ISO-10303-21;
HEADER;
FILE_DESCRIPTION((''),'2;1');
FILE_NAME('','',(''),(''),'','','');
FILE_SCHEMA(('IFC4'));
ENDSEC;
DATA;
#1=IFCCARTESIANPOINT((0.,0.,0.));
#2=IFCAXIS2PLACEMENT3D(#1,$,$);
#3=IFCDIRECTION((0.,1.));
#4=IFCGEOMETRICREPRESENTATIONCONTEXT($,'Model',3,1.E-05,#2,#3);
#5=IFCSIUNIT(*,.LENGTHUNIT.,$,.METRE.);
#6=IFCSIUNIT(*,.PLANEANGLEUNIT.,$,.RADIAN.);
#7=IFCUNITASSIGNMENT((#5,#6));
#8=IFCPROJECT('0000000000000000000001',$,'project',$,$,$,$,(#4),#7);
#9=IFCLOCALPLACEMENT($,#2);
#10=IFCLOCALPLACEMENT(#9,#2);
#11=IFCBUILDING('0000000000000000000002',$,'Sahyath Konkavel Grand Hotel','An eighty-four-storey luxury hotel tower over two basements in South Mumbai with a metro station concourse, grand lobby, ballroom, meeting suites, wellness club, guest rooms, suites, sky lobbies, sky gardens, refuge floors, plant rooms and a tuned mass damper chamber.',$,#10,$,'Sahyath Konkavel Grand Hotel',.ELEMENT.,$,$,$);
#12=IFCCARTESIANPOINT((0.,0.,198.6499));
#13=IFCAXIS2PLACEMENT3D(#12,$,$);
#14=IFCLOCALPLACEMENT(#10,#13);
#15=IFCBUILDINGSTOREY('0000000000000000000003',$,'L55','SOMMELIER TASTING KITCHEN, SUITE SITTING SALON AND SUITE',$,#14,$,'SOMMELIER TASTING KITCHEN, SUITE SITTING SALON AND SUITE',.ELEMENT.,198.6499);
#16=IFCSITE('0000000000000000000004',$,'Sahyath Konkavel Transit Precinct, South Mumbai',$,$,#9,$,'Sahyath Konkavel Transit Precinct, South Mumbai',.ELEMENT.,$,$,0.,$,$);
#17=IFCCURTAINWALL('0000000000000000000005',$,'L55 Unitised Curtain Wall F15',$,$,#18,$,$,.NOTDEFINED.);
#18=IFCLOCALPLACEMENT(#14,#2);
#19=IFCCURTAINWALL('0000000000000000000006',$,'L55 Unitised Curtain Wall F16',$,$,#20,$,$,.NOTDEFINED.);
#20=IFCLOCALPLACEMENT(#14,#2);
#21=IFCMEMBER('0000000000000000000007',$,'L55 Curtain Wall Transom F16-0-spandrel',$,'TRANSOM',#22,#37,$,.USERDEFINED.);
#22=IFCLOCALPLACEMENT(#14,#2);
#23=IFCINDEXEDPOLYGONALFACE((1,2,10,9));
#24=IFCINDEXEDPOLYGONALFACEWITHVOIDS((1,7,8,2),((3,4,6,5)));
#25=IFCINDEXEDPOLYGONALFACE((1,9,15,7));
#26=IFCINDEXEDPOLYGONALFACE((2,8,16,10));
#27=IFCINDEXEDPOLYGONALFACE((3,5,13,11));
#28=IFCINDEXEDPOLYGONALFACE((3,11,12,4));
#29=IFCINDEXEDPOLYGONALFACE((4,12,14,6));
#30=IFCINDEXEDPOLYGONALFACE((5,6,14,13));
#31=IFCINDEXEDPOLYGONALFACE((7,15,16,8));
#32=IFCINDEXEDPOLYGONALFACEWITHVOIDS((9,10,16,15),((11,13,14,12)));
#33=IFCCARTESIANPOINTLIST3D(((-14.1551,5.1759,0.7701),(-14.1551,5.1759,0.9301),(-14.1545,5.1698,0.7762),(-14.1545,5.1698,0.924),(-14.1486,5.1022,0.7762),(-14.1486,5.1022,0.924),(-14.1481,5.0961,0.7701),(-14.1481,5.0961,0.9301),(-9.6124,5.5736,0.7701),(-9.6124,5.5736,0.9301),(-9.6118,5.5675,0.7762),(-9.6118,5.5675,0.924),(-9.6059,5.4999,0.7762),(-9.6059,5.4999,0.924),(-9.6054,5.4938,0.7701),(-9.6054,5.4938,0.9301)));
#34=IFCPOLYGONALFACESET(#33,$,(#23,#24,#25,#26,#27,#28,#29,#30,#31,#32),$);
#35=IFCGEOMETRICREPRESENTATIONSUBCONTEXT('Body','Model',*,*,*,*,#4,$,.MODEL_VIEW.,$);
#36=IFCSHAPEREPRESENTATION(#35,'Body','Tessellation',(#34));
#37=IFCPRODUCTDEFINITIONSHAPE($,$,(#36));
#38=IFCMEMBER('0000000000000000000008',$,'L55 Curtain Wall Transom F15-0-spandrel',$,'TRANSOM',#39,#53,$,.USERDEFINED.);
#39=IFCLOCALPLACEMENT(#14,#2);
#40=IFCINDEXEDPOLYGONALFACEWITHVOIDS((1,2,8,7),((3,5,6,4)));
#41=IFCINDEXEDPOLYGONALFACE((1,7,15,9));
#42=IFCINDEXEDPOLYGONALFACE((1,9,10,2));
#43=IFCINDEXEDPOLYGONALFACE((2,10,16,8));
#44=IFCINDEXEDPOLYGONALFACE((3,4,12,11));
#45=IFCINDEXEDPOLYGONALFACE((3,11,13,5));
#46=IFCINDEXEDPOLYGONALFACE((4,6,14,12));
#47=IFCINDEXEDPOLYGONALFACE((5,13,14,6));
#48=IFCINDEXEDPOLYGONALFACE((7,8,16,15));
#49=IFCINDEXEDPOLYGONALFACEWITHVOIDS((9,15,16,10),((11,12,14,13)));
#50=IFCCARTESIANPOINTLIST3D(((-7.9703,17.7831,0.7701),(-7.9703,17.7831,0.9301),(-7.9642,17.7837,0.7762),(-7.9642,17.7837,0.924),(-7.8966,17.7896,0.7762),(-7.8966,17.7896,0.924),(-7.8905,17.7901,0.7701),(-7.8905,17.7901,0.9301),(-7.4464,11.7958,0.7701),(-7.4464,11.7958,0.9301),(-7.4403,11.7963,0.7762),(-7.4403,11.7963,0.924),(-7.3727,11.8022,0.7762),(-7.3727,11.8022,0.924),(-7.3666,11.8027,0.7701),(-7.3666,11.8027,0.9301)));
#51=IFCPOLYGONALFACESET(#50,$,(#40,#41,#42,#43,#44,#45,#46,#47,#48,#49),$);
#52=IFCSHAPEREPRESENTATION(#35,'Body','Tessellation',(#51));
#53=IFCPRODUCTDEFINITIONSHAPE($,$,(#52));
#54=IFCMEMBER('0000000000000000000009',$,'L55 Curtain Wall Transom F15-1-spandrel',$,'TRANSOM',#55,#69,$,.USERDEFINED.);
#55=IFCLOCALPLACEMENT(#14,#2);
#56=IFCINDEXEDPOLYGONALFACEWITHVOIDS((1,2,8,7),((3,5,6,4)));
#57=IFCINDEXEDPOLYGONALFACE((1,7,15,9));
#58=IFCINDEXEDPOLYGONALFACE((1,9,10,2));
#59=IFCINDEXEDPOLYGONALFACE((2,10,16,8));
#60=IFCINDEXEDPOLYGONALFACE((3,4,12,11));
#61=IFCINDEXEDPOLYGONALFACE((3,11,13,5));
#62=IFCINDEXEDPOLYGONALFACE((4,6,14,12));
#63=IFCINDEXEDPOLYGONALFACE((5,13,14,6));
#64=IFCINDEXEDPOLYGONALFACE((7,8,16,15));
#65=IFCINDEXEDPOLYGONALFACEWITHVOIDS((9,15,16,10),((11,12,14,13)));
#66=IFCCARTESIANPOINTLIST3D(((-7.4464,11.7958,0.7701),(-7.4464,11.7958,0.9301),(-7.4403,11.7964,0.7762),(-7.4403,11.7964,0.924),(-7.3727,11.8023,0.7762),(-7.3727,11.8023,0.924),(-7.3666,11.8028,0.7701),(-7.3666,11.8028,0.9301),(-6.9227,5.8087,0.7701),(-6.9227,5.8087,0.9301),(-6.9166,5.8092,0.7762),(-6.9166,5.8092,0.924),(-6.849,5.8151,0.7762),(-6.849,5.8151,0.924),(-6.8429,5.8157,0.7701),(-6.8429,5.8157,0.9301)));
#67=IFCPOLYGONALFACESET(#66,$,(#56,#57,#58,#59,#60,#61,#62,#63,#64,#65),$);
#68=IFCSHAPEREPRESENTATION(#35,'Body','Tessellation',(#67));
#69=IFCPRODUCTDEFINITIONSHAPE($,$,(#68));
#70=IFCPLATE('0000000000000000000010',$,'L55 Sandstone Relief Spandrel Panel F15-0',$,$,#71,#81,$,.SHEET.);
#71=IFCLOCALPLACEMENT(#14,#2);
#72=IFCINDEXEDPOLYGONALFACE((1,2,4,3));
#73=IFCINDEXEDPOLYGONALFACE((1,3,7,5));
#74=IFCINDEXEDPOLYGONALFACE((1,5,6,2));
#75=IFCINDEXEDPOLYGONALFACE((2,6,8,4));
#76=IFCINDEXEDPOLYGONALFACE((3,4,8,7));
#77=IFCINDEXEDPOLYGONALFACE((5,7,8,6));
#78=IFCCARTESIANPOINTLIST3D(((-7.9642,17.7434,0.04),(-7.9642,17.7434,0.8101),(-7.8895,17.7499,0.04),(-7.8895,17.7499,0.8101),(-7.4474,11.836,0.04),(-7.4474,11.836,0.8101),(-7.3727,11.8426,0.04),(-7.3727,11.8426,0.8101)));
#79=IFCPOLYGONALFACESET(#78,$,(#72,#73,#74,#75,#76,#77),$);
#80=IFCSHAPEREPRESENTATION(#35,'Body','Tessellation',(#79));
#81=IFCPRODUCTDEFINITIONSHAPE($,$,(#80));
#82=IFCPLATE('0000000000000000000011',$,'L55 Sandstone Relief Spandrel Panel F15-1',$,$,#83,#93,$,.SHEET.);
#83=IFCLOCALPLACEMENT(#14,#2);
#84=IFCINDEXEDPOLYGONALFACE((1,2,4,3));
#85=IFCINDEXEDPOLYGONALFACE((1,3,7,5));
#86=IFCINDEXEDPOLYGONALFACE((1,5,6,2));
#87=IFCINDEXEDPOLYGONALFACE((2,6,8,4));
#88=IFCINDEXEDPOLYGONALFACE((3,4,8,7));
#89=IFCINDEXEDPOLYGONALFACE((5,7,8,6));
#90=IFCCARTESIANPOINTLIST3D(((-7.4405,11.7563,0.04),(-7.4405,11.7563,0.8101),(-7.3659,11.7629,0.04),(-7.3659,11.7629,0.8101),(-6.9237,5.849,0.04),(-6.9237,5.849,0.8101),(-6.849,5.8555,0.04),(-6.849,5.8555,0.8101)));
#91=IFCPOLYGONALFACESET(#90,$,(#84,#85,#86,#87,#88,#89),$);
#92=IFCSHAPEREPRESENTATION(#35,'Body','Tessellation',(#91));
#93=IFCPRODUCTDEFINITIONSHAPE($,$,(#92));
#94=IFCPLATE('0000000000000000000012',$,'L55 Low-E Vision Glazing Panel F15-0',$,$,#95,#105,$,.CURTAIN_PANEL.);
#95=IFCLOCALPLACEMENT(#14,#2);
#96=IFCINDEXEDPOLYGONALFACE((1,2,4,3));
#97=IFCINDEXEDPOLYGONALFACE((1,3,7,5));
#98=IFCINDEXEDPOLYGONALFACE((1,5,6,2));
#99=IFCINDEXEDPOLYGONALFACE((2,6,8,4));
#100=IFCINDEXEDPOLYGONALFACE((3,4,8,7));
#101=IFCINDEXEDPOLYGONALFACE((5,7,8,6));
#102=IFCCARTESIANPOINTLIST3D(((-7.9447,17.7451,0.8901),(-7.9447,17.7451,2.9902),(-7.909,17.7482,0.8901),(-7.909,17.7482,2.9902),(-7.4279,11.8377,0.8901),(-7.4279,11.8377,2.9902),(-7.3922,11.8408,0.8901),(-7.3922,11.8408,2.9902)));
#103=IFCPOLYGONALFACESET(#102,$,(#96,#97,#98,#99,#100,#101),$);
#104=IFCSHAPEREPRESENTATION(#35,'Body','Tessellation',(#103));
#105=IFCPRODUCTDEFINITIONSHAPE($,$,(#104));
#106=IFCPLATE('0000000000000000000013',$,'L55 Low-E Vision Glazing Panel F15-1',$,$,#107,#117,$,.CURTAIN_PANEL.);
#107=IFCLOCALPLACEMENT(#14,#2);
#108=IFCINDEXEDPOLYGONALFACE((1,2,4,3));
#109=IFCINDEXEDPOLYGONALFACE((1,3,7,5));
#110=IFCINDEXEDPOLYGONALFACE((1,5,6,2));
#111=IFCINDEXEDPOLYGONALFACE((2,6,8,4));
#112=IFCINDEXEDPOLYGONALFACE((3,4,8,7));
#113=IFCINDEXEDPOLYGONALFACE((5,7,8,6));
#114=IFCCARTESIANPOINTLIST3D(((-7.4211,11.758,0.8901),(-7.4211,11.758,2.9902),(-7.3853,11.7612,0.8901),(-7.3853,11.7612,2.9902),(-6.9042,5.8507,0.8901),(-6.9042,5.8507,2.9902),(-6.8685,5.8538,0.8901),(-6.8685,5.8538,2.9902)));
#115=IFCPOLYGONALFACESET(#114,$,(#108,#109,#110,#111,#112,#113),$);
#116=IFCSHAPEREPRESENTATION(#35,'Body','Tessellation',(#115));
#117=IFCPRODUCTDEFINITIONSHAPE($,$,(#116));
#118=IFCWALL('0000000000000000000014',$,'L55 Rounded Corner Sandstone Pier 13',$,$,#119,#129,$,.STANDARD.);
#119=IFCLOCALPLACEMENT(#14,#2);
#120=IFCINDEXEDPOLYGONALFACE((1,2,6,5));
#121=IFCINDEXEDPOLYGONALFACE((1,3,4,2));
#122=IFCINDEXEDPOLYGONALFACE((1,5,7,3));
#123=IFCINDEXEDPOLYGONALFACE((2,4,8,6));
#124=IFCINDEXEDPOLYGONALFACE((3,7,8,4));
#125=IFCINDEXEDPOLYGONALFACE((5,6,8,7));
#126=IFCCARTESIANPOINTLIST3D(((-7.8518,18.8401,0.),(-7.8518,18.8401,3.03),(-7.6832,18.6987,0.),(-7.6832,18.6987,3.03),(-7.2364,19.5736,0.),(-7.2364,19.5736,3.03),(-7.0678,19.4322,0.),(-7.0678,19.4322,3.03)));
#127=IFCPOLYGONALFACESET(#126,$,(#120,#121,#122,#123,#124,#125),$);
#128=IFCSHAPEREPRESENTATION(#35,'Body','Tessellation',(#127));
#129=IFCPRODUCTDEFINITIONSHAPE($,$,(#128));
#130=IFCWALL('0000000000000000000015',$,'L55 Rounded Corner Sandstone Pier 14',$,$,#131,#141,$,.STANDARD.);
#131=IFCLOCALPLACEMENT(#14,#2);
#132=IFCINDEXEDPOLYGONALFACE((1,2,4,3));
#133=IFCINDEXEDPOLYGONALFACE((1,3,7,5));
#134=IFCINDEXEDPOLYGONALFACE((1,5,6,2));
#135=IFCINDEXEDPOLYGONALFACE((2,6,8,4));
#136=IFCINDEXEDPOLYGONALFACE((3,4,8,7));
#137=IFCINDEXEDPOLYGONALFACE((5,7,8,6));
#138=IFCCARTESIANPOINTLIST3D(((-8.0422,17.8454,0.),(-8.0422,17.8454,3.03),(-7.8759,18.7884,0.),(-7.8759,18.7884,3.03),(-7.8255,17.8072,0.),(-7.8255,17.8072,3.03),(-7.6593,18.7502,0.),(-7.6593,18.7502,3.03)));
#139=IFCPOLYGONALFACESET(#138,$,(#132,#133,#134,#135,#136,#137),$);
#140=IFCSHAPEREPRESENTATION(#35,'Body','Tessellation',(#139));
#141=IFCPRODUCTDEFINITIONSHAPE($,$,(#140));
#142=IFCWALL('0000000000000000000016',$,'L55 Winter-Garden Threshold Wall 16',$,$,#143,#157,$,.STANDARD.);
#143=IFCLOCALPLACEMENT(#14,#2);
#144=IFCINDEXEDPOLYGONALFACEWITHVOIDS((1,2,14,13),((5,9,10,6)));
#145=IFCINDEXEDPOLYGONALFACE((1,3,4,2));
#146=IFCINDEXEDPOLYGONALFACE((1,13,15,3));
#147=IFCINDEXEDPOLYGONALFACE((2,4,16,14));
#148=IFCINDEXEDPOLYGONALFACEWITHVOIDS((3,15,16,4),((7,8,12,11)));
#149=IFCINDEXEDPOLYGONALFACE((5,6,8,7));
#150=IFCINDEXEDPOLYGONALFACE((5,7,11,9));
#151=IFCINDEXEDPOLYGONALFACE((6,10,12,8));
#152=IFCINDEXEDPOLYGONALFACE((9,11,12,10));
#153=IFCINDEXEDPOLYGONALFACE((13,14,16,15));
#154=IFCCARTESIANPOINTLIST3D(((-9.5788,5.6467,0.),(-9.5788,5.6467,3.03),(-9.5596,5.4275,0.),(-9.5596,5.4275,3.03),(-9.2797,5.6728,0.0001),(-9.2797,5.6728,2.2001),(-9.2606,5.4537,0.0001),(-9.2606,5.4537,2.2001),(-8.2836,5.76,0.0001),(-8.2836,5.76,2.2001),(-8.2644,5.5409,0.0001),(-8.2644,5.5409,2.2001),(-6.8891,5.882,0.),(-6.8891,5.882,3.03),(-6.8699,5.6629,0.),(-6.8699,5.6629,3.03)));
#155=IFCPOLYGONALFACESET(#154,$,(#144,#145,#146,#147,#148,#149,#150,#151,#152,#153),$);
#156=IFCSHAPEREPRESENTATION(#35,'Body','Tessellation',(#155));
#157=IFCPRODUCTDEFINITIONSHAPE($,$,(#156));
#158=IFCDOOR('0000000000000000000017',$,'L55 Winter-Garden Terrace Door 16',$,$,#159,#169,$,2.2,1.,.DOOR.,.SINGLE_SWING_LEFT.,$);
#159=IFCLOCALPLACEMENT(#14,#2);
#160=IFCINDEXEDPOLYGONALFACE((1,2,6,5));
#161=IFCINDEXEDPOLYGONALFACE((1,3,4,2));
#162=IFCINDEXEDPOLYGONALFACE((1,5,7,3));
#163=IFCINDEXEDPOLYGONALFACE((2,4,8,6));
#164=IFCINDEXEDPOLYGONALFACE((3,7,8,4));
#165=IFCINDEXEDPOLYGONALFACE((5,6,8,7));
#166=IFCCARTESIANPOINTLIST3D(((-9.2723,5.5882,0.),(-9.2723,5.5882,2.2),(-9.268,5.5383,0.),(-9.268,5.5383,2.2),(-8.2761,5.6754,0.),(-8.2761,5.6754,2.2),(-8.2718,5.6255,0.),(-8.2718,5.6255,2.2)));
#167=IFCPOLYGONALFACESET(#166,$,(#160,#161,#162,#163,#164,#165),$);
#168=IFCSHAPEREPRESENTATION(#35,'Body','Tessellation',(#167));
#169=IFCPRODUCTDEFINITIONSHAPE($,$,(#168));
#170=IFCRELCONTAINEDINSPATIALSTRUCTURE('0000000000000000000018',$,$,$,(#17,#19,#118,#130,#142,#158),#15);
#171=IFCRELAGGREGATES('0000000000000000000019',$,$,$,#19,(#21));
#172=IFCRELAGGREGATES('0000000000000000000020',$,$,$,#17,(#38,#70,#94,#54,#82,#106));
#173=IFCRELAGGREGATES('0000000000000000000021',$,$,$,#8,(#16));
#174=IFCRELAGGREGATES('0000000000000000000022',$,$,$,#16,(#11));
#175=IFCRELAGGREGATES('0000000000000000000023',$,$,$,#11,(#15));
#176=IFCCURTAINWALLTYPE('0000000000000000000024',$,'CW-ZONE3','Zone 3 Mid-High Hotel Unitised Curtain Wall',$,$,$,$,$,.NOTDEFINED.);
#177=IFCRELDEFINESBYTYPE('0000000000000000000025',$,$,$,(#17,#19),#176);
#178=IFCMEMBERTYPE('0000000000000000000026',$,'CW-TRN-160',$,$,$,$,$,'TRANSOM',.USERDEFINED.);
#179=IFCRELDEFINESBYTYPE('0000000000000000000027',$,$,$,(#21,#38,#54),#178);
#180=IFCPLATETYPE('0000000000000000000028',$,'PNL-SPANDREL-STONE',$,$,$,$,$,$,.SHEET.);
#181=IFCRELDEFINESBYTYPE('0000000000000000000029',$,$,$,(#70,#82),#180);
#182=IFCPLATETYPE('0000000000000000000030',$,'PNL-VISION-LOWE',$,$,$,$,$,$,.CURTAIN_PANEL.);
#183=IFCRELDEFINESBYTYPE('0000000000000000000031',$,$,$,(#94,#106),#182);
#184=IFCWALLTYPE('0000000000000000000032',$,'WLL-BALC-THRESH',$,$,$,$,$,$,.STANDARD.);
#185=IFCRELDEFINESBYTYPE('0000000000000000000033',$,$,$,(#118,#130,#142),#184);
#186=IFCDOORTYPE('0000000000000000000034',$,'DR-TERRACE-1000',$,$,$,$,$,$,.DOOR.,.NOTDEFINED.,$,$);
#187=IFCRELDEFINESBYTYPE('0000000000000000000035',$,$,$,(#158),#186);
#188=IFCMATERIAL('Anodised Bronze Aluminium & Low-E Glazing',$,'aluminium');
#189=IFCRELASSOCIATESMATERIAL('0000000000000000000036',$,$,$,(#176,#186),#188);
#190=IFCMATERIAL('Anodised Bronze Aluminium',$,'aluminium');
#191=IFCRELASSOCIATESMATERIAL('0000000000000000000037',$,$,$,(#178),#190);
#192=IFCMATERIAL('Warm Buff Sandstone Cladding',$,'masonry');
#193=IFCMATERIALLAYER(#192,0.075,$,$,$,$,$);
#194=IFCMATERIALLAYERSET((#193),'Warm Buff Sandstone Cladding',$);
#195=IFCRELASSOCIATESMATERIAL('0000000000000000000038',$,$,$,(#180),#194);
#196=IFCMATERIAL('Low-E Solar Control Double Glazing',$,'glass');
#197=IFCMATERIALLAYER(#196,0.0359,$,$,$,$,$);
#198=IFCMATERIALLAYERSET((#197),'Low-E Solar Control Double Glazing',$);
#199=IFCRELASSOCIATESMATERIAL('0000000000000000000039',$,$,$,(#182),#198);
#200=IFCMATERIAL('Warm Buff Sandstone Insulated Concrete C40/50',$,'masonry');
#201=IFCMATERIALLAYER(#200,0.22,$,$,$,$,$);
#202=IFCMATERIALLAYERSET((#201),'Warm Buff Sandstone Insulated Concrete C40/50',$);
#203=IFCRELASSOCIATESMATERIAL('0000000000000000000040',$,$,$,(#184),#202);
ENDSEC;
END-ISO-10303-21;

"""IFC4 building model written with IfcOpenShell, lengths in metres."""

from ifc_helpers import new_model, si_unit, direction, frame, frame_2d, origin, origin_2d, place, context, subcontext, project, spatial, rectangle, hollow_rectangle, extrude, source, transform, mapped, material, layer, layer_set, material_profile, profile_set, type_object, element, fill, aggregate, save


model = new_model("IFC4")

# Units and contexts
model_context = context("Model", 3, precision=1e-05, world=origin(), true_north=direction((0.0, 1.0)))
body_context = subcontext(model_context, "Body", "Model", "MODEL_VIEW")
ifc_project = project(units=[si_unit("LENGTHUNIT", "METRE"), si_unit("PLANEANGLEUNIT", "RADIAN")], contexts=[model_context])

# Site, building, storey
site_placement = place(None, origin())
site = spatial("IfcSite", under=ifc_project, at=site_placement, Name="Sahyath Konkavel Transit Precinct, South Mumbai", LongName="Sahyath Konkavel Transit Precinct, South Mumbai", CompositionType="ELEMENT", RefElevation=0.0)
building_placement = place(site_placement, origin())
building = spatial("IfcBuilding", under=site, at=building_placement, Name="Sahyath Konkavel Grand Hotel", Description="An eighty-four-storey luxury hotel tower over two basements in South Mumbai with a metro station concourse, grand lobby, ballroom, meeting suites, wellness club, guest rooms, suites, sky lobbies, sky gardens, refuge floors, plant rooms and a tuned mass damper chamber.", LongName="Sahyath Konkavel Grand Hotel", CompositionType="ELEMENT")
storey_placement = place(building_placement, frame((0.0, 0.0, 198.6499)))
storey = spatial("IfcBuildingStorey", under=building, at=storey_placement, Name="L55", Description="SOMMELIER TASTING KITCHEN, SUITE SITTING SALON AND SUITE", LongName="SOMMELIER TASTING KITCHEN, SUITE SITTING SALON AND SUITE", CompositionType="ELEMENT", Elevation=198.6499)

# Shared definitions
ifc_material_1 = material(Name="Anodised Bronze Aluminium & Low-E Glazing", Category="aluminium")
curtain_wall_type = type_object("IfcCurtainWallType", Name="CW-ZONE3", Description="Zone 3 Mid-High Hotel Unitised Curtain Wall", PredefinedType="NOTDEFINED", material=ifc_material_1)
ifc_material_2 = material(Name="Anodised Bronze Aluminium", Category="aluminium")

# Curtain wall
curtain_wall_1_placement = place(storey_placement, origin())
curtain_wall_1 = element("IfcCurtainWall", 1, at=curtain_wall_1_placement, inside=storey, type_object=curtain_wall_type, Name="L55 Unitised Curtain Wall F15", PredefinedType="NOTDEFINED")

# Curtain wall
curtain_wall_2_placement = place(storey_placement, origin())
curtain_wall_2 = element("IfcCurtainWall", 2, at=curtain_wall_2_placement, inside=storey, type_object=curtain_wall_type, Name="L55 Unitised Curtain Wall F16", PredefinedType="NOTDEFINED")

# Members
ifc_material_profile_1 = material_profile(ifc_material_2, hollow_rectangle(XDim=0.0801, YDim=0.1599, WallThickness=0.0061, at=origin_2d()), Name="RHS 160x80x6")
ifc_profile_set_1 = profile_set([ifc_material_profile_1], Name="Anodised Bronze Aluminium")
member_type_1 = type_object("IfcMemberType", Name="CW-TRN-160", ElementType="TRANSOM", PredefinedType="USERDEFINED", material=ifc_profile_set_1)
shared_shape_1 = source(origin(), body_context, "Body", "SweptSolid", [
    extrude(hollow_rectangle(XDim=0.0801, YDim=0.1599, WallThickness=0.0061, at=origin_2d()), origin(), (0.0, 0.0, 1.0), 4.5601),
])
member_1_placement = place(storey_placement, frame((-9.6089, 5.5337, 0.8501), z_axis=(-0.99619, -0.087214, 0.0), x_axis=(0.087214, -0.99619, 0.0)))
member_1 = element("IfcMember", 3, at=member_1_placement, type_object=member_type_1, Name="L55 Curtain Wall Transom F16-0-spandrel", ObjectType="TRANSOM", PredefinedType="USERDEFINED", context=body_context, shape_type="MappedRepresentation", body=[
    mapped(shared_shape_1, transform((0.0, 0.0, 0.0), scale=1.0)),
])
aggregate(curtain_wall_2, [member_1])
shared_shape_2 = source(origin(), body_context, "Body", "SweptSolid", [
    extrude(hollow_rectangle(XDim=0.0801, YDim=0.1599, WallThickness=0.0061, at=origin_2d()), origin(), (0.0, 0.0, 1.0), 6.0103),
])
member_2_placement = place(storey_placement, frame((-7.9304, 17.7866, 0.8501), z_axis=(0.087173, -0.996193, 0.0), x_axis=(0.996193, 0.087173, 0.0)))
member_2 = element("IfcMember", 4, at=member_2_placement, type_object=member_type_1, Name="L55 Curtain Wall Transom F15-0-spandrel", ObjectType="TRANSOM", PredefinedType="USERDEFINED", context=body_context, shape_type="MappedRepresentation", body=[
    mapped(shared_shape_2, transform((0.0, 0.0, 0.0), scale=1.0)),
])
shared_shape_3 = source(origin(), body_context, "Body", "SweptSolid", [
    extrude(hollow_rectangle(XDim=0.0801, YDim=0.1599, WallThickness=0.0061, at=origin_2d()), origin(), (0.0, 0.0, 1.0), 6.01),
])
member_3_placement = place(storey_placement, frame((-7.4065, 11.7993, 0.8501), z_axis=(0.087136, -0.996196, 0.0), x_axis=(0.996196, 0.087136, 0.0)))
member_3 = element("IfcMember", 5, at=member_3_placement, type_object=member_type_1, Name="L55 Curtain Wall Transom F15-1-spandrel", ObjectType="TRANSOM", PredefinedType="USERDEFINED", context=body_context, shape_type="MappedRepresentation", body=[
    mapped(shared_shape_3, transform((0.0, 0.0, 0.0), scale=1.0)),
])

# Plates
ifc_material_3 = material(Name="Warm Buff Sandstone Cladding", Category="masonry")
ifc_layer_1 = layer(ifc_material_3, 0.075)
ifc_layer_set_1 = layer_set([ifc_layer_1], Name="Warm Buff Sandstone Cladding")
plate_type_1 = type_object("IfcPlateType", Name="PNL-SPANDREL-STONE", PredefinedType="SHEET", material=ifc_layer_set_1)
shared_shape_4 = source(origin(), body_context, "Body", "SweptSolid", [
    extrude(rectangle(XDim=5.9299, YDim=0.075, at=origin_2d()), origin(), (0.0, 0.0, 1.0), 0.77),
])
plate_1_placement = place(storey_placement, frame((-7.6685, 14.793, 0.04), z_axis=(0.0, 0.0, 1.0), x_axis=(0.087156, -0.996195, 0.0)))
plate_1 = element("IfcPlate", 6, at=plate_1_placement, type_object=plate_type_1, Name="L55 Sandstone Relief Spandrel Panel F15-0", PredefinedType="SHEET", context=body_context, shape_type="MappedRepresentation", body=[
    mapped(shared_shape_4, transform((0.0, 0.0, 0.0), scale=1.0)),
])
plate_2_placement = place(storey_placement, frame((-7.1448, 8.8059, 0.04), z_axis=(0.0, 0.0, 1.0), x_axis=(0.087156, -0.996195, 0.0)))
plate_2 = element("IfcPlate", 7, at=plate_2_placement, type_object=plate_type_1, Name="L55 Sandstone Relief Spandrel Panel F15-1", PredefinedType="SHEET", context=body_context, shape_type="MappedRepresentation", body=[
    mapped(shared_shape_4, transform((0.0, 0.0, 0.0), scale=1.0)),
])
ifc_material_4 = material(Name="Low-E Solar Control Double Glazing", Category="glass")
ifc_layer_2 = layer(ifc_material_4, 0.0359)
ifc_layer_set_2 = layer_set([ifc_layer_2], Name="Low-E Solar Control Double Glazing")
plate_type_2 = type_object("IfcPlateType", Name="PNL-VISION-LOWE", PredefinedType="CURTAIN_PANEL", material=ifc_layer_set_2)
shared_shape_5 = source(origin(), body_context, "Body", "SweptSolid", [
    extrude(rectangle(XDim=5.9299, YDim=0.0359, at=origin_2d()), origin(), (0.0, 0.0, 1.0), 2.1001),
])
plate_3_placement = place(storey_placement, frame((-7.6685, 14.793, 0.8901), z_axis=(0.0, 0.0, 1.0), x_axis=(0.087156, -0.996195, 0.0)))
plate_3 = element("IfcPlate", 8, at=plate_3_placement, type_object=plate_type_2, Name="L55 Low-E Vision Glazing Panel F15-0", PredefinedType="CURTAIN_PANEL", context=body_context, shape_type="MappedRepresentation", body=[
    mapped(shared_shape_5, transform((0.0, 0.0, 0.0), scale=1.0)),
])
plate_4_placement = place(storey_placement, frame((-7.1448, 8.8059, 0.8901), z_axis=(0.0, 0.0, 1.0), x_axis=(0.087156, -0.996195, 0.0)))
plate_4 = element("IfcPlate", 9, at=plate_4_placement, type_object=plate_type_2, Name="L55 Low-E Vision Glazing Panel F15-1", PredefinedType="CURTAIN_PANEL", context=body_context, shape_type="MappedRepresentation", body=[
    mapped(shared_shape_5, transform((0.0, 0.0, 0.0), scale=1.0)),
])
aggregate(curtain_wall_1, [member_2, plate_1, plate_3, member_3, plate_2, plate_4])

# Walls
ifc_material_5 = material(Name="Warm Buff Sandstone Insulated Concrete C40/50", Category="masonry")
ifc_layer_3 = layer(ifc_material_5, 0.22)
ifc_layer_set_3 = layer_set([ifc_layer_3], Name="Warm Buff Sandstone Insulated Concrete C40/50")
wall_type_1 = type_object("IfcWallType", Name="WLL-BALC-THRESH", PredefinedType="STANDARD", material=ifc_layer_set_3)
for number, where, z_axis, x_axis, name in (
    (10, (-7.1521, 19.5029, 0.0), (0.0, 0.0, 1.0), (-0.642714, -0.766107, 0.0), "L55 Rounded Corner Sandstone Pier 13"),
    (11, (-7.7676, 18.7693, 0.0), (0.0, 0.0, 1.0), (-0.173654, -0.984807, 0.0), "L55 Rounded Corner Sandstone Pier 14"),
):
    element("IfcWall", number, at=place(storey_placement, frame(where, z_axis=z_axis, x_axis=x_axis)), inside=storey, type_object=wall_type_1, Name=name, PredefinedType="STANDARD", context=body_context, shape_type="SweptSolid", body=[
        extrude(rectangle(XDim=0.9575, YDim=0.22, at=frame_2d((0.4788, 0.0))), origin(), (0.0, 0.0, 1.0), 3.03),
    ])

# Wall, opening, door
wall_1_placement = place(storey_placement, frame((-6.8794, 5.7725, 0.0), z_axis=(0.0, 0.0, 1.0), x_axis=(-0.996194, -0.087168, 0.0)))
wall_1 = element("IfcWall", 12, at=wall_1_placement, inside=storey, type_object=wall_type_1, Name="L55 Winter-Garden Threshold Wall 16", PredefinedType="STANDARD", context=body_context, shape_type="SweptSolid", body=[
    extrude(rectangle(XDim=2.7, YDim=0.22, at=frame_2d((1.3501, 0.0))), origin(), (0.0, 0.0, 1.0), 3.03),
])
opening_1_placement = place(wall_1_placement, frame((1.3999, 0.0, 0.0)))
opening_1 = element("IfcOpeningElement", 13, at=opening_1_placement, cuts=wall_1, PredefinedType="OPENING", context=body_context, shape_type="SweptSolid", body=[
    extrude(rectangle(XDim=1.0, YDim=2.2, at=frame_2d((0.5, 1.1001))), frame((0.0, 0.1201, 0.0), z_axis=(0.0, -1.0, 0.0), x_axis=(1.0, 0.0, 0.0)), (0.0, 0.0, 1.0), 0.24),
])
door_type_1 = type_object("IfcDoorType", Name="DR-TERRACE-1000", OperationType="NOTDEFINED", PredefinedType="DOOR", material=ifc_material_1)
shared_shape_6 = source(origin(), body_context, "Body", "SweptSolid", [
    extrude(rectangle(XDim=1.0, YDim=0.05, at=origin_2d()), origin(), (0.0, 0.0, 1.0), 2.2),
])
door_1_placement = place(opening_1_placement, frame((0.5, 0.0, 0.0)))
door_1 = element("IfcDoor", 14, at=door_1_placement, inside=storey, type_object=door_type_1, Name="L55 Winter-Garden Terrace Door 16", OperationType="SINGLE_SWING_LEFT", OverallHeight=2.2, OverallWidth=1.0, PredefinedType="DOOR", context=body_context, shape_type="MappedRepresentation", body=[
    mapped(shared_shape_6, transform((0.0, 0.0, 0.0), scale=1.0)),
])
fill(opening_1, door_1)

save(model, "model.ifc")
